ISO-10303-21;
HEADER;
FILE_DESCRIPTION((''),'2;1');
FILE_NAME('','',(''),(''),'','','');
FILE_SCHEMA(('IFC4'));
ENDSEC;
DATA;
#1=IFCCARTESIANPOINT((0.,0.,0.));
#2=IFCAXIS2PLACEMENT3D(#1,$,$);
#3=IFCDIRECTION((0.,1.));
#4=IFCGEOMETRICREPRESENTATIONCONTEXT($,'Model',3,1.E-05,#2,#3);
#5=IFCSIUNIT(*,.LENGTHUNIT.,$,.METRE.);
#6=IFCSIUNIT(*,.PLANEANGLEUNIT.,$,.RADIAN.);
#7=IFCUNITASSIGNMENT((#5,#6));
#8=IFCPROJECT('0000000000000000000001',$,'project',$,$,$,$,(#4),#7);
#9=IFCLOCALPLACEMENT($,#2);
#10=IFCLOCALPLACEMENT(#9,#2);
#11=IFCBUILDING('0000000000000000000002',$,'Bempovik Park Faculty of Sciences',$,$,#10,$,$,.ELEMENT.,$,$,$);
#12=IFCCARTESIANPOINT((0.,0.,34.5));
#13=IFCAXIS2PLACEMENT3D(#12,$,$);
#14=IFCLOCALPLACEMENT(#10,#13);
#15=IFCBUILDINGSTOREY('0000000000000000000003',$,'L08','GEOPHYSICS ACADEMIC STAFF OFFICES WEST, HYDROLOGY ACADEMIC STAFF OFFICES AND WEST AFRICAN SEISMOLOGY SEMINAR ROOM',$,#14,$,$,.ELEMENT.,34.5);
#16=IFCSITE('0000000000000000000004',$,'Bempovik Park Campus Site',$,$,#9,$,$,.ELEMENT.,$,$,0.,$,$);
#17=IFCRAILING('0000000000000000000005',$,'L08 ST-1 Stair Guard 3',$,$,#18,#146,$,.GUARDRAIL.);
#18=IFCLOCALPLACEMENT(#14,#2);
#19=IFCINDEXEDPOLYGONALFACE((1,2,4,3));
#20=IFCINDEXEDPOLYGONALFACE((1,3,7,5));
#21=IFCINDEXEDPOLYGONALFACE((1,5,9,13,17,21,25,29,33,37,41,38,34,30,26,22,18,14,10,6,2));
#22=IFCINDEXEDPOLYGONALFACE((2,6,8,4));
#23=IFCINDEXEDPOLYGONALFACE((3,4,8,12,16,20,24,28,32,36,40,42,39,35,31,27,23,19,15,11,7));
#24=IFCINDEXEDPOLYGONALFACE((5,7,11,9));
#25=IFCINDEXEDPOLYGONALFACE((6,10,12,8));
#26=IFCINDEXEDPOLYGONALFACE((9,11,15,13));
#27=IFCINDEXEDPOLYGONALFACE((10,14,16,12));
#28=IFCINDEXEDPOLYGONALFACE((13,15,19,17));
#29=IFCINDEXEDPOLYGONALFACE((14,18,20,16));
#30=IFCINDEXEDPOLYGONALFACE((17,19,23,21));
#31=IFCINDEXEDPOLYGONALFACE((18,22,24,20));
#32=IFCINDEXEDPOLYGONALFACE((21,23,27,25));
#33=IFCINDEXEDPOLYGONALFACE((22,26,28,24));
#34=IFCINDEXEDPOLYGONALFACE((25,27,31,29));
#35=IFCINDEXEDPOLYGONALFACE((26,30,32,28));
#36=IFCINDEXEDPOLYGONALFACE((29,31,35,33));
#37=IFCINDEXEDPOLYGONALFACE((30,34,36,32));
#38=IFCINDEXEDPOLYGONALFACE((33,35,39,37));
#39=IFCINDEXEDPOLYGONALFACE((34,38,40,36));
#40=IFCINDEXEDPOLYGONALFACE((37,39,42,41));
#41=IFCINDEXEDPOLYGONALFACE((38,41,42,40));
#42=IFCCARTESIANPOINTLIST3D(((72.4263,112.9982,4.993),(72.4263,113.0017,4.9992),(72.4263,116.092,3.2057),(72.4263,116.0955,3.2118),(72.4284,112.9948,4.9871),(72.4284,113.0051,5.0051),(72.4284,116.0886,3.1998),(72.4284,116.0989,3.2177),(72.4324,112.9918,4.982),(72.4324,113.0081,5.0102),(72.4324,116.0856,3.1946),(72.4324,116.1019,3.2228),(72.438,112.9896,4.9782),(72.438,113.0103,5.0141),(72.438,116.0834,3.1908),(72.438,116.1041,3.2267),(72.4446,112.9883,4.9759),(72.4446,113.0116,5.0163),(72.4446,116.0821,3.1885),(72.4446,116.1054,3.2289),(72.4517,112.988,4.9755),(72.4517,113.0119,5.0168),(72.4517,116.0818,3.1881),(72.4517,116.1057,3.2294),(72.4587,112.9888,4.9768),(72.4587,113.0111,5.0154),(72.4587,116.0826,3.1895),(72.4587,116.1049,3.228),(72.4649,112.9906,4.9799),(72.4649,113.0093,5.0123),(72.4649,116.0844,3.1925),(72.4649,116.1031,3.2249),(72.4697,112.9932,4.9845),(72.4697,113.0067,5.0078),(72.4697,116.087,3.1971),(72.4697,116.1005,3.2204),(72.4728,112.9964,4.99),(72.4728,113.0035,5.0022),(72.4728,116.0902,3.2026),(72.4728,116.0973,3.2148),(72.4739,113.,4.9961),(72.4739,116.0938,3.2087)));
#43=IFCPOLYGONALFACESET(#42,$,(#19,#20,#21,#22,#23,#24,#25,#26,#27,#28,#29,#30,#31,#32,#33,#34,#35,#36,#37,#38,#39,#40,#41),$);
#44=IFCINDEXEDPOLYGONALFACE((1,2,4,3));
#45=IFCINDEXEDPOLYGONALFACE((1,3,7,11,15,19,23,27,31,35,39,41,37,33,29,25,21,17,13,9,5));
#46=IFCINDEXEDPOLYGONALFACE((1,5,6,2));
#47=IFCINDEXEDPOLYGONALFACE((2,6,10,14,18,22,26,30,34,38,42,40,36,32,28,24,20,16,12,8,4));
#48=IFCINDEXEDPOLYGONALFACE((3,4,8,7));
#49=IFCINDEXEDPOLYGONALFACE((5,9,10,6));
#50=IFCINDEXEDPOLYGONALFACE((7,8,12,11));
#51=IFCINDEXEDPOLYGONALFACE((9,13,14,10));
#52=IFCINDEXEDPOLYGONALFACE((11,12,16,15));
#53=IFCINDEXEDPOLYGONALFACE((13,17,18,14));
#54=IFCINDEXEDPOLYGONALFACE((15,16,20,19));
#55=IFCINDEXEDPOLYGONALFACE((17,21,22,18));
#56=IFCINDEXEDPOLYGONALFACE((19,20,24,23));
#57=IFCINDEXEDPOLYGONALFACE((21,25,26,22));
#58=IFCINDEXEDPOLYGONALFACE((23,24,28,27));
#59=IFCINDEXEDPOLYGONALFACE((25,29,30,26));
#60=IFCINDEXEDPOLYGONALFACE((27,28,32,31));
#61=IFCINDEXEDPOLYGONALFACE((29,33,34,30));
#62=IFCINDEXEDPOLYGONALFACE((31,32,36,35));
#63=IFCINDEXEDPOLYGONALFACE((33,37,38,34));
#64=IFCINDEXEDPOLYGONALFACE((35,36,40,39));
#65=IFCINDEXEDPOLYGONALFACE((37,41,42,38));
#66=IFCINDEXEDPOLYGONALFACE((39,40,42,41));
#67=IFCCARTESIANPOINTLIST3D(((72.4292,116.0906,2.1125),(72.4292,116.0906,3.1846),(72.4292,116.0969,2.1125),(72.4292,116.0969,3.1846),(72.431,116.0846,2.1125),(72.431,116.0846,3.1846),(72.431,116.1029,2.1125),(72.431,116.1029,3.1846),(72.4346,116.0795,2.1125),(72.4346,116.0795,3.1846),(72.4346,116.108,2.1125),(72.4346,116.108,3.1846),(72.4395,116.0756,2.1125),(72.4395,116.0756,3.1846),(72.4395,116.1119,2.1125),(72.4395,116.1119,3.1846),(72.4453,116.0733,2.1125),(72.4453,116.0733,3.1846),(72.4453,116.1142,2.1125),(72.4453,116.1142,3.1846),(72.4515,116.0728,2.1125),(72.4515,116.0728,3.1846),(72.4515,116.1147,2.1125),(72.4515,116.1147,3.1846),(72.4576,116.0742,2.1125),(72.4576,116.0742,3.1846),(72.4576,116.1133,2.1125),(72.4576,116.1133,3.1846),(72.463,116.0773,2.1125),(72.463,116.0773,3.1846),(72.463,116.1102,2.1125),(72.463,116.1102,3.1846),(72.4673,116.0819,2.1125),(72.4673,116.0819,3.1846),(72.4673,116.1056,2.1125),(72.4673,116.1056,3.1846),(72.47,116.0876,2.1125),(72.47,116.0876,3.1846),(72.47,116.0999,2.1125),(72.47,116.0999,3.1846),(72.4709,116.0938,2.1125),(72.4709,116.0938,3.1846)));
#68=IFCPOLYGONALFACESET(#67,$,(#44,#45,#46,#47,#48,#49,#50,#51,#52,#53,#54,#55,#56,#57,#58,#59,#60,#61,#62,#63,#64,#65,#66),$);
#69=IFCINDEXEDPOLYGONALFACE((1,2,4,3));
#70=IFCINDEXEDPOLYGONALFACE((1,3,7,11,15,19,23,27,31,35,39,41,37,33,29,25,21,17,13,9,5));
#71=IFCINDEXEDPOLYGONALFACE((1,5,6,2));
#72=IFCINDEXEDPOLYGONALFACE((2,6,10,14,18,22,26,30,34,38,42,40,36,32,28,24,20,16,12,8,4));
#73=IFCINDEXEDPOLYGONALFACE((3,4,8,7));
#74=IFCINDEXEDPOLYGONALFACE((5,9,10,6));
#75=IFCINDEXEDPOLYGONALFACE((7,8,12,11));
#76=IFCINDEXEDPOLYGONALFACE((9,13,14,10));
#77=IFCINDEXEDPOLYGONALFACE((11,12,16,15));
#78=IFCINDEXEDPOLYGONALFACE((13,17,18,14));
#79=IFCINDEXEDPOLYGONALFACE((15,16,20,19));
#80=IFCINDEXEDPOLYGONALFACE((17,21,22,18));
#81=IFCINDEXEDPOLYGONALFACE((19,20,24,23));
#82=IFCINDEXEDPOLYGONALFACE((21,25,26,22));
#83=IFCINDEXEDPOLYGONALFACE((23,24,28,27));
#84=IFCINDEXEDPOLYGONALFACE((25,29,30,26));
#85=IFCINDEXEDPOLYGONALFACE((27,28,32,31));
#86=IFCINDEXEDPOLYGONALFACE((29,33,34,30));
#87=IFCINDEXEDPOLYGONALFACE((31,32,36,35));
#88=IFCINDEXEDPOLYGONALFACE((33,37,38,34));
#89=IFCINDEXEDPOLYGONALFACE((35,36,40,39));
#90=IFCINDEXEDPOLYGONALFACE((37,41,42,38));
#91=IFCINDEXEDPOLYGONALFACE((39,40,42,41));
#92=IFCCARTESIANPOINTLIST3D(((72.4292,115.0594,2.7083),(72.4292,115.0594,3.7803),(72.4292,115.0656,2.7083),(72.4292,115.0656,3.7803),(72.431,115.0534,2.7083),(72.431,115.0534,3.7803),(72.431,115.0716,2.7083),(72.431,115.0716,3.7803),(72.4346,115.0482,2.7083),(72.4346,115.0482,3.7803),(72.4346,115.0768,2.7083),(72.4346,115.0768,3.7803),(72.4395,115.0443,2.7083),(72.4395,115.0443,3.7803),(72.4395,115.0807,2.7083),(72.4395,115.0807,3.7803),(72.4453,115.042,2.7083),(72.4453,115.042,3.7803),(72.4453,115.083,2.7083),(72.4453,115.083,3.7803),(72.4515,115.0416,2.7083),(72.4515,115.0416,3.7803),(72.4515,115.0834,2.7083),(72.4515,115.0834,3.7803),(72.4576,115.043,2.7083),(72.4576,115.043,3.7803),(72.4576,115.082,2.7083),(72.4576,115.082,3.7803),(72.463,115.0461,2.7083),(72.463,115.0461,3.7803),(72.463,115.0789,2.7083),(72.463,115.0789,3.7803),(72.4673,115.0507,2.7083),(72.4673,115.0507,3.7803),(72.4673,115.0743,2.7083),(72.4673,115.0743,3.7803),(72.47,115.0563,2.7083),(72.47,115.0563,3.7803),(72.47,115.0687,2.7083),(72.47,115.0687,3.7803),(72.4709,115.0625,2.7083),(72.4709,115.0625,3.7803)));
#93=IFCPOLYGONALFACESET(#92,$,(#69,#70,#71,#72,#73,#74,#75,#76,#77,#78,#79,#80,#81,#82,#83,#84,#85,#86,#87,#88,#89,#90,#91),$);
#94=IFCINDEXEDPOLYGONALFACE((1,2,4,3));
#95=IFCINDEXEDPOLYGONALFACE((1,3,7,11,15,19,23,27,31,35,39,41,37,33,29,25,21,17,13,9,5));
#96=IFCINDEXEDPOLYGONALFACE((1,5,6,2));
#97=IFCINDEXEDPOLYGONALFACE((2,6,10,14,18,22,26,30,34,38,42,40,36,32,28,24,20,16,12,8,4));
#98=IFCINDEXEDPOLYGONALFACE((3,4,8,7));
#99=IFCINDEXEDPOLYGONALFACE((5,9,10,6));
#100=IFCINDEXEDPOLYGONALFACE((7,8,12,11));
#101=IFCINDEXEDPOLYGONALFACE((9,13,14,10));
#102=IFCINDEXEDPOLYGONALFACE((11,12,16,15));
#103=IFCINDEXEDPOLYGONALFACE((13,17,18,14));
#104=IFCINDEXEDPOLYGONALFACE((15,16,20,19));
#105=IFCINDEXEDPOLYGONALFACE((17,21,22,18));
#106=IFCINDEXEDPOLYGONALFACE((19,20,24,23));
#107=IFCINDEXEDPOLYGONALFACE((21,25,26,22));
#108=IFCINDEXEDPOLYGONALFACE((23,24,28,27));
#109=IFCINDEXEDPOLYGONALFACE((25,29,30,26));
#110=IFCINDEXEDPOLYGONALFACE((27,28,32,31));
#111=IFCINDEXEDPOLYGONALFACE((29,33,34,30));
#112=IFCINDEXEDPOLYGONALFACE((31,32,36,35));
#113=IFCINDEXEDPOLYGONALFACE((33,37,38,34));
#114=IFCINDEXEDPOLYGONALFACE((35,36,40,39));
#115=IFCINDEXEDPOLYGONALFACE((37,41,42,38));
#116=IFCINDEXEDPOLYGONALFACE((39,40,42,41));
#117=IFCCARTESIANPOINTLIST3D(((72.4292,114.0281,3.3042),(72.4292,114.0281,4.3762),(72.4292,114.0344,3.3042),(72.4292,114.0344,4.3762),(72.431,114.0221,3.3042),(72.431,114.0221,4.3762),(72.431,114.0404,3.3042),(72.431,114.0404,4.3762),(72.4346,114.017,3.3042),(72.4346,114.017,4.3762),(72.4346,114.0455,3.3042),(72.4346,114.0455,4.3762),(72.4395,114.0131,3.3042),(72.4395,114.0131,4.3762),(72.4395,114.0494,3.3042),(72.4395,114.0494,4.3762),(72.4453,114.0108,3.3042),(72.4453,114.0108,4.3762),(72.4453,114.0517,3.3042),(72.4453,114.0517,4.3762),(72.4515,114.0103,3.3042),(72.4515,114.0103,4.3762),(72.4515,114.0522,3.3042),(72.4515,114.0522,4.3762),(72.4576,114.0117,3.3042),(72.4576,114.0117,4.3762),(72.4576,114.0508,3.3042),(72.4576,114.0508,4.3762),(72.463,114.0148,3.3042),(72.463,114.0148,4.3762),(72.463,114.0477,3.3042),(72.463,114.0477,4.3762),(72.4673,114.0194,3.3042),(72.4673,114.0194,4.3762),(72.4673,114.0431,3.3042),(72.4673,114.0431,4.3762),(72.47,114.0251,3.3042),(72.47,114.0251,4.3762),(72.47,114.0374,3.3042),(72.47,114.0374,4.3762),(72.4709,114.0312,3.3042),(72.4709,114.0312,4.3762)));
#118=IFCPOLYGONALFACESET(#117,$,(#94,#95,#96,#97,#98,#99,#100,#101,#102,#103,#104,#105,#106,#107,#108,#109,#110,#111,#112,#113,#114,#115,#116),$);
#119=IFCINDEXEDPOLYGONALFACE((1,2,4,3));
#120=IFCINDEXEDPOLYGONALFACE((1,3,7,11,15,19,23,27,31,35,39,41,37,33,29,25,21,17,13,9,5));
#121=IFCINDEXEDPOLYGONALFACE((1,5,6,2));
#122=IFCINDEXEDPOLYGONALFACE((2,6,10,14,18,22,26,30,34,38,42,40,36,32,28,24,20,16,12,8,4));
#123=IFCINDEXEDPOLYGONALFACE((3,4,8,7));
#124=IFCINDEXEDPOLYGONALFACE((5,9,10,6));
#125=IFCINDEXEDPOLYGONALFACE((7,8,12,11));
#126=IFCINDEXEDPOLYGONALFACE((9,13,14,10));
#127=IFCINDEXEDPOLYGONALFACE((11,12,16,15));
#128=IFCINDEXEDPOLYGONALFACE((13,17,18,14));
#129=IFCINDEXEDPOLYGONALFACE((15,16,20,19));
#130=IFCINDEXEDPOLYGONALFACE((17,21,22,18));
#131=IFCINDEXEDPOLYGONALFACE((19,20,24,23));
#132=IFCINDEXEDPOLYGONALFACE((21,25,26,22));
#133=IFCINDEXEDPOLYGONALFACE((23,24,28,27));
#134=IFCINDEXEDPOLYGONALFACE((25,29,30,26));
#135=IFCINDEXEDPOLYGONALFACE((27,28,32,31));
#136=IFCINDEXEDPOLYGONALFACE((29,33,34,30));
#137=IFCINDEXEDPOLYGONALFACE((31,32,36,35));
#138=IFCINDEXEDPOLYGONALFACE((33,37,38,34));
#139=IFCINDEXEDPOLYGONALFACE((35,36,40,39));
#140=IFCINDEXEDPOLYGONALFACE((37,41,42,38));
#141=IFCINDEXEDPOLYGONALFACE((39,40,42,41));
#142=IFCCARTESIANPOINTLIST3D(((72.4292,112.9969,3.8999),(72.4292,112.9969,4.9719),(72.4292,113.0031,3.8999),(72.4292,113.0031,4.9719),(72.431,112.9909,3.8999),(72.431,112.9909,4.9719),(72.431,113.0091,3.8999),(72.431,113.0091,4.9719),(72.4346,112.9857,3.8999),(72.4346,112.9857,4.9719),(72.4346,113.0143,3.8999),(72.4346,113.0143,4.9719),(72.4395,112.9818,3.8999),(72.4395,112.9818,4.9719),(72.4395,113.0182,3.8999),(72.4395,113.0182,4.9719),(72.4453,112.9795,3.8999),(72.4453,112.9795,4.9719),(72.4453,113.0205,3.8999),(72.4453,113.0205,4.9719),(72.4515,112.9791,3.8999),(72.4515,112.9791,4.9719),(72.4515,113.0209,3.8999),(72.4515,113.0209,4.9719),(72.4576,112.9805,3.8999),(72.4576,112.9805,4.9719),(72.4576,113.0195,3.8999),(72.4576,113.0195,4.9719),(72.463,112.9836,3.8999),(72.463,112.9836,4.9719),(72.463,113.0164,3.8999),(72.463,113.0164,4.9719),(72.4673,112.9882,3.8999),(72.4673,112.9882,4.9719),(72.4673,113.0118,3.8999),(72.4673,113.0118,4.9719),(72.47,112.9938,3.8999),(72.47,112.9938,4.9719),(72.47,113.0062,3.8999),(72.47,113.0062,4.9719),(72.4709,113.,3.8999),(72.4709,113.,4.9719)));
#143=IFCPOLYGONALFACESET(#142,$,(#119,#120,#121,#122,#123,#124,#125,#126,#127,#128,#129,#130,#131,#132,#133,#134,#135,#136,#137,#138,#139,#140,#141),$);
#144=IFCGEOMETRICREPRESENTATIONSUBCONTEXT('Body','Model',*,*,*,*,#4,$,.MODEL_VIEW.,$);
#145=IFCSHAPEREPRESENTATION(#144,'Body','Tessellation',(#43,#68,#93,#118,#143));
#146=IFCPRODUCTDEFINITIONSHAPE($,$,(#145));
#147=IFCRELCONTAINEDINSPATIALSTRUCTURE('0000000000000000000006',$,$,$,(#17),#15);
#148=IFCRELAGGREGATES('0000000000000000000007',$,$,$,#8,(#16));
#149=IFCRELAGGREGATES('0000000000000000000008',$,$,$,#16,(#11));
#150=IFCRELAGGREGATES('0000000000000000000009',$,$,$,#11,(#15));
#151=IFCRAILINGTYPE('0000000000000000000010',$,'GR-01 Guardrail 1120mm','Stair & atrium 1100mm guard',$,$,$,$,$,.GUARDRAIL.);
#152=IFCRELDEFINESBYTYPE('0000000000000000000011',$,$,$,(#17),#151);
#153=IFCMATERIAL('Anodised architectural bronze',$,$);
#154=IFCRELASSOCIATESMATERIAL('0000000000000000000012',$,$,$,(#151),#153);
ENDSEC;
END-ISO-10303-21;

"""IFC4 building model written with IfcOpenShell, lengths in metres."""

from ifc_helpers import new_model, si_unit, direction, frame, origin, origin_2d, place, context, subcontext, project, spatial, circle, extrude, material, type_object, element, save


model = new_model("IFC4")

# Units and contexts
model_context = context("Model", 3, precision=1e-05, world=origin(), true_north=direction((0.0, 1.0)))
body_context = subcontext(model_context, "Body", "Model", "MODEL_VIEW")
ifc_project = project(units=[si_unit("LENGTHUNIT", "METRE"), si_unit("PLANEANGLEUNIT", "RADIAN")], contexts=[model_context])

# Site, building, storey
site_placement = place(None, origin())
site = spatial("IfcSite", under=ifc_project, at=site_placement, Name="Bempovik Park Campus Site", CompositionType="ELEMENT", RefElevation=0.0)
building_placement = place(site_placement, origin())
building = spatial("IfcBuilding", under=site, at=building_placement, Name="Bempovik Park Faculty of Sciences", CompositionType="ELEMENT")
storey_placement = place(building_placement, frame((0.0, 0.0, 34.5)))
storey = spatial("IfcBuildingStorey", under=building, at=storey_placement, Name="L08", Description="GEOPHYSICS ACADEMIC STAFF OFFICES WEST, HYDROLOGY ACADEMIC STAFF OFFICES AND WEST AFRICAN SEISMOLOGY SEMINAR ROOM", CompositionType="ELEMENT", Elevation=34.5)

# Railing
ifc_material_1 = material(Name="Anodised architectural bronze")
railing_type_1 = type_object("IfcRailingType", Name="GR-01 Guardrail 1120mm", Description="Stair & atrium 1100mm guard", PredefinedType="GUARDRAIL", material=ifc_material_1)
railing_1_placement = place(storey_placement, frame((72.45, 116.0938, 2.1125)))
element("IfcRailing", 1, at=railing_1_placement, inside=storey, type_object=railing_type_1, Name="L08 ST-1 Stair Guard 3", PredefinedType="GUARDRAIL", context=body_context, shape_type="SweptSolid", body=[
    extrude(circle(Radius=0.0239, at=origin_2d()), frame((0.0, 0.0, 1.0962), z_axis=(0.0, -0.865883, 0.500247), x_axis=(1.0, 0.0, 0.0)), (0.0, 0.0, 1.0), 3.573),
    extrude(circle(Radius=0.021, at=origin_2d()), origin(), (0.0, 0.0, 1.0), 1.072),
    extrude(circle(Radius=0.021, at=origin_2d()), frame((0.0, -1.0312, 0.5957)), (0.0, 0.0, 1.0), 1.072),
    extrude(circle(Radius=0.021, at=origin_2d()), frame((0.0, -2.0625, 1.1917)), (0.0, 0.0, 1.0), 1.072),
    extrude(circle(Radius=0.021, at=origin_2d()), frame((0.0, -3.0938, 1.7874)), (0.0, 0.0, 1.0), 1.072),
])

save(model, "model.ifc")
